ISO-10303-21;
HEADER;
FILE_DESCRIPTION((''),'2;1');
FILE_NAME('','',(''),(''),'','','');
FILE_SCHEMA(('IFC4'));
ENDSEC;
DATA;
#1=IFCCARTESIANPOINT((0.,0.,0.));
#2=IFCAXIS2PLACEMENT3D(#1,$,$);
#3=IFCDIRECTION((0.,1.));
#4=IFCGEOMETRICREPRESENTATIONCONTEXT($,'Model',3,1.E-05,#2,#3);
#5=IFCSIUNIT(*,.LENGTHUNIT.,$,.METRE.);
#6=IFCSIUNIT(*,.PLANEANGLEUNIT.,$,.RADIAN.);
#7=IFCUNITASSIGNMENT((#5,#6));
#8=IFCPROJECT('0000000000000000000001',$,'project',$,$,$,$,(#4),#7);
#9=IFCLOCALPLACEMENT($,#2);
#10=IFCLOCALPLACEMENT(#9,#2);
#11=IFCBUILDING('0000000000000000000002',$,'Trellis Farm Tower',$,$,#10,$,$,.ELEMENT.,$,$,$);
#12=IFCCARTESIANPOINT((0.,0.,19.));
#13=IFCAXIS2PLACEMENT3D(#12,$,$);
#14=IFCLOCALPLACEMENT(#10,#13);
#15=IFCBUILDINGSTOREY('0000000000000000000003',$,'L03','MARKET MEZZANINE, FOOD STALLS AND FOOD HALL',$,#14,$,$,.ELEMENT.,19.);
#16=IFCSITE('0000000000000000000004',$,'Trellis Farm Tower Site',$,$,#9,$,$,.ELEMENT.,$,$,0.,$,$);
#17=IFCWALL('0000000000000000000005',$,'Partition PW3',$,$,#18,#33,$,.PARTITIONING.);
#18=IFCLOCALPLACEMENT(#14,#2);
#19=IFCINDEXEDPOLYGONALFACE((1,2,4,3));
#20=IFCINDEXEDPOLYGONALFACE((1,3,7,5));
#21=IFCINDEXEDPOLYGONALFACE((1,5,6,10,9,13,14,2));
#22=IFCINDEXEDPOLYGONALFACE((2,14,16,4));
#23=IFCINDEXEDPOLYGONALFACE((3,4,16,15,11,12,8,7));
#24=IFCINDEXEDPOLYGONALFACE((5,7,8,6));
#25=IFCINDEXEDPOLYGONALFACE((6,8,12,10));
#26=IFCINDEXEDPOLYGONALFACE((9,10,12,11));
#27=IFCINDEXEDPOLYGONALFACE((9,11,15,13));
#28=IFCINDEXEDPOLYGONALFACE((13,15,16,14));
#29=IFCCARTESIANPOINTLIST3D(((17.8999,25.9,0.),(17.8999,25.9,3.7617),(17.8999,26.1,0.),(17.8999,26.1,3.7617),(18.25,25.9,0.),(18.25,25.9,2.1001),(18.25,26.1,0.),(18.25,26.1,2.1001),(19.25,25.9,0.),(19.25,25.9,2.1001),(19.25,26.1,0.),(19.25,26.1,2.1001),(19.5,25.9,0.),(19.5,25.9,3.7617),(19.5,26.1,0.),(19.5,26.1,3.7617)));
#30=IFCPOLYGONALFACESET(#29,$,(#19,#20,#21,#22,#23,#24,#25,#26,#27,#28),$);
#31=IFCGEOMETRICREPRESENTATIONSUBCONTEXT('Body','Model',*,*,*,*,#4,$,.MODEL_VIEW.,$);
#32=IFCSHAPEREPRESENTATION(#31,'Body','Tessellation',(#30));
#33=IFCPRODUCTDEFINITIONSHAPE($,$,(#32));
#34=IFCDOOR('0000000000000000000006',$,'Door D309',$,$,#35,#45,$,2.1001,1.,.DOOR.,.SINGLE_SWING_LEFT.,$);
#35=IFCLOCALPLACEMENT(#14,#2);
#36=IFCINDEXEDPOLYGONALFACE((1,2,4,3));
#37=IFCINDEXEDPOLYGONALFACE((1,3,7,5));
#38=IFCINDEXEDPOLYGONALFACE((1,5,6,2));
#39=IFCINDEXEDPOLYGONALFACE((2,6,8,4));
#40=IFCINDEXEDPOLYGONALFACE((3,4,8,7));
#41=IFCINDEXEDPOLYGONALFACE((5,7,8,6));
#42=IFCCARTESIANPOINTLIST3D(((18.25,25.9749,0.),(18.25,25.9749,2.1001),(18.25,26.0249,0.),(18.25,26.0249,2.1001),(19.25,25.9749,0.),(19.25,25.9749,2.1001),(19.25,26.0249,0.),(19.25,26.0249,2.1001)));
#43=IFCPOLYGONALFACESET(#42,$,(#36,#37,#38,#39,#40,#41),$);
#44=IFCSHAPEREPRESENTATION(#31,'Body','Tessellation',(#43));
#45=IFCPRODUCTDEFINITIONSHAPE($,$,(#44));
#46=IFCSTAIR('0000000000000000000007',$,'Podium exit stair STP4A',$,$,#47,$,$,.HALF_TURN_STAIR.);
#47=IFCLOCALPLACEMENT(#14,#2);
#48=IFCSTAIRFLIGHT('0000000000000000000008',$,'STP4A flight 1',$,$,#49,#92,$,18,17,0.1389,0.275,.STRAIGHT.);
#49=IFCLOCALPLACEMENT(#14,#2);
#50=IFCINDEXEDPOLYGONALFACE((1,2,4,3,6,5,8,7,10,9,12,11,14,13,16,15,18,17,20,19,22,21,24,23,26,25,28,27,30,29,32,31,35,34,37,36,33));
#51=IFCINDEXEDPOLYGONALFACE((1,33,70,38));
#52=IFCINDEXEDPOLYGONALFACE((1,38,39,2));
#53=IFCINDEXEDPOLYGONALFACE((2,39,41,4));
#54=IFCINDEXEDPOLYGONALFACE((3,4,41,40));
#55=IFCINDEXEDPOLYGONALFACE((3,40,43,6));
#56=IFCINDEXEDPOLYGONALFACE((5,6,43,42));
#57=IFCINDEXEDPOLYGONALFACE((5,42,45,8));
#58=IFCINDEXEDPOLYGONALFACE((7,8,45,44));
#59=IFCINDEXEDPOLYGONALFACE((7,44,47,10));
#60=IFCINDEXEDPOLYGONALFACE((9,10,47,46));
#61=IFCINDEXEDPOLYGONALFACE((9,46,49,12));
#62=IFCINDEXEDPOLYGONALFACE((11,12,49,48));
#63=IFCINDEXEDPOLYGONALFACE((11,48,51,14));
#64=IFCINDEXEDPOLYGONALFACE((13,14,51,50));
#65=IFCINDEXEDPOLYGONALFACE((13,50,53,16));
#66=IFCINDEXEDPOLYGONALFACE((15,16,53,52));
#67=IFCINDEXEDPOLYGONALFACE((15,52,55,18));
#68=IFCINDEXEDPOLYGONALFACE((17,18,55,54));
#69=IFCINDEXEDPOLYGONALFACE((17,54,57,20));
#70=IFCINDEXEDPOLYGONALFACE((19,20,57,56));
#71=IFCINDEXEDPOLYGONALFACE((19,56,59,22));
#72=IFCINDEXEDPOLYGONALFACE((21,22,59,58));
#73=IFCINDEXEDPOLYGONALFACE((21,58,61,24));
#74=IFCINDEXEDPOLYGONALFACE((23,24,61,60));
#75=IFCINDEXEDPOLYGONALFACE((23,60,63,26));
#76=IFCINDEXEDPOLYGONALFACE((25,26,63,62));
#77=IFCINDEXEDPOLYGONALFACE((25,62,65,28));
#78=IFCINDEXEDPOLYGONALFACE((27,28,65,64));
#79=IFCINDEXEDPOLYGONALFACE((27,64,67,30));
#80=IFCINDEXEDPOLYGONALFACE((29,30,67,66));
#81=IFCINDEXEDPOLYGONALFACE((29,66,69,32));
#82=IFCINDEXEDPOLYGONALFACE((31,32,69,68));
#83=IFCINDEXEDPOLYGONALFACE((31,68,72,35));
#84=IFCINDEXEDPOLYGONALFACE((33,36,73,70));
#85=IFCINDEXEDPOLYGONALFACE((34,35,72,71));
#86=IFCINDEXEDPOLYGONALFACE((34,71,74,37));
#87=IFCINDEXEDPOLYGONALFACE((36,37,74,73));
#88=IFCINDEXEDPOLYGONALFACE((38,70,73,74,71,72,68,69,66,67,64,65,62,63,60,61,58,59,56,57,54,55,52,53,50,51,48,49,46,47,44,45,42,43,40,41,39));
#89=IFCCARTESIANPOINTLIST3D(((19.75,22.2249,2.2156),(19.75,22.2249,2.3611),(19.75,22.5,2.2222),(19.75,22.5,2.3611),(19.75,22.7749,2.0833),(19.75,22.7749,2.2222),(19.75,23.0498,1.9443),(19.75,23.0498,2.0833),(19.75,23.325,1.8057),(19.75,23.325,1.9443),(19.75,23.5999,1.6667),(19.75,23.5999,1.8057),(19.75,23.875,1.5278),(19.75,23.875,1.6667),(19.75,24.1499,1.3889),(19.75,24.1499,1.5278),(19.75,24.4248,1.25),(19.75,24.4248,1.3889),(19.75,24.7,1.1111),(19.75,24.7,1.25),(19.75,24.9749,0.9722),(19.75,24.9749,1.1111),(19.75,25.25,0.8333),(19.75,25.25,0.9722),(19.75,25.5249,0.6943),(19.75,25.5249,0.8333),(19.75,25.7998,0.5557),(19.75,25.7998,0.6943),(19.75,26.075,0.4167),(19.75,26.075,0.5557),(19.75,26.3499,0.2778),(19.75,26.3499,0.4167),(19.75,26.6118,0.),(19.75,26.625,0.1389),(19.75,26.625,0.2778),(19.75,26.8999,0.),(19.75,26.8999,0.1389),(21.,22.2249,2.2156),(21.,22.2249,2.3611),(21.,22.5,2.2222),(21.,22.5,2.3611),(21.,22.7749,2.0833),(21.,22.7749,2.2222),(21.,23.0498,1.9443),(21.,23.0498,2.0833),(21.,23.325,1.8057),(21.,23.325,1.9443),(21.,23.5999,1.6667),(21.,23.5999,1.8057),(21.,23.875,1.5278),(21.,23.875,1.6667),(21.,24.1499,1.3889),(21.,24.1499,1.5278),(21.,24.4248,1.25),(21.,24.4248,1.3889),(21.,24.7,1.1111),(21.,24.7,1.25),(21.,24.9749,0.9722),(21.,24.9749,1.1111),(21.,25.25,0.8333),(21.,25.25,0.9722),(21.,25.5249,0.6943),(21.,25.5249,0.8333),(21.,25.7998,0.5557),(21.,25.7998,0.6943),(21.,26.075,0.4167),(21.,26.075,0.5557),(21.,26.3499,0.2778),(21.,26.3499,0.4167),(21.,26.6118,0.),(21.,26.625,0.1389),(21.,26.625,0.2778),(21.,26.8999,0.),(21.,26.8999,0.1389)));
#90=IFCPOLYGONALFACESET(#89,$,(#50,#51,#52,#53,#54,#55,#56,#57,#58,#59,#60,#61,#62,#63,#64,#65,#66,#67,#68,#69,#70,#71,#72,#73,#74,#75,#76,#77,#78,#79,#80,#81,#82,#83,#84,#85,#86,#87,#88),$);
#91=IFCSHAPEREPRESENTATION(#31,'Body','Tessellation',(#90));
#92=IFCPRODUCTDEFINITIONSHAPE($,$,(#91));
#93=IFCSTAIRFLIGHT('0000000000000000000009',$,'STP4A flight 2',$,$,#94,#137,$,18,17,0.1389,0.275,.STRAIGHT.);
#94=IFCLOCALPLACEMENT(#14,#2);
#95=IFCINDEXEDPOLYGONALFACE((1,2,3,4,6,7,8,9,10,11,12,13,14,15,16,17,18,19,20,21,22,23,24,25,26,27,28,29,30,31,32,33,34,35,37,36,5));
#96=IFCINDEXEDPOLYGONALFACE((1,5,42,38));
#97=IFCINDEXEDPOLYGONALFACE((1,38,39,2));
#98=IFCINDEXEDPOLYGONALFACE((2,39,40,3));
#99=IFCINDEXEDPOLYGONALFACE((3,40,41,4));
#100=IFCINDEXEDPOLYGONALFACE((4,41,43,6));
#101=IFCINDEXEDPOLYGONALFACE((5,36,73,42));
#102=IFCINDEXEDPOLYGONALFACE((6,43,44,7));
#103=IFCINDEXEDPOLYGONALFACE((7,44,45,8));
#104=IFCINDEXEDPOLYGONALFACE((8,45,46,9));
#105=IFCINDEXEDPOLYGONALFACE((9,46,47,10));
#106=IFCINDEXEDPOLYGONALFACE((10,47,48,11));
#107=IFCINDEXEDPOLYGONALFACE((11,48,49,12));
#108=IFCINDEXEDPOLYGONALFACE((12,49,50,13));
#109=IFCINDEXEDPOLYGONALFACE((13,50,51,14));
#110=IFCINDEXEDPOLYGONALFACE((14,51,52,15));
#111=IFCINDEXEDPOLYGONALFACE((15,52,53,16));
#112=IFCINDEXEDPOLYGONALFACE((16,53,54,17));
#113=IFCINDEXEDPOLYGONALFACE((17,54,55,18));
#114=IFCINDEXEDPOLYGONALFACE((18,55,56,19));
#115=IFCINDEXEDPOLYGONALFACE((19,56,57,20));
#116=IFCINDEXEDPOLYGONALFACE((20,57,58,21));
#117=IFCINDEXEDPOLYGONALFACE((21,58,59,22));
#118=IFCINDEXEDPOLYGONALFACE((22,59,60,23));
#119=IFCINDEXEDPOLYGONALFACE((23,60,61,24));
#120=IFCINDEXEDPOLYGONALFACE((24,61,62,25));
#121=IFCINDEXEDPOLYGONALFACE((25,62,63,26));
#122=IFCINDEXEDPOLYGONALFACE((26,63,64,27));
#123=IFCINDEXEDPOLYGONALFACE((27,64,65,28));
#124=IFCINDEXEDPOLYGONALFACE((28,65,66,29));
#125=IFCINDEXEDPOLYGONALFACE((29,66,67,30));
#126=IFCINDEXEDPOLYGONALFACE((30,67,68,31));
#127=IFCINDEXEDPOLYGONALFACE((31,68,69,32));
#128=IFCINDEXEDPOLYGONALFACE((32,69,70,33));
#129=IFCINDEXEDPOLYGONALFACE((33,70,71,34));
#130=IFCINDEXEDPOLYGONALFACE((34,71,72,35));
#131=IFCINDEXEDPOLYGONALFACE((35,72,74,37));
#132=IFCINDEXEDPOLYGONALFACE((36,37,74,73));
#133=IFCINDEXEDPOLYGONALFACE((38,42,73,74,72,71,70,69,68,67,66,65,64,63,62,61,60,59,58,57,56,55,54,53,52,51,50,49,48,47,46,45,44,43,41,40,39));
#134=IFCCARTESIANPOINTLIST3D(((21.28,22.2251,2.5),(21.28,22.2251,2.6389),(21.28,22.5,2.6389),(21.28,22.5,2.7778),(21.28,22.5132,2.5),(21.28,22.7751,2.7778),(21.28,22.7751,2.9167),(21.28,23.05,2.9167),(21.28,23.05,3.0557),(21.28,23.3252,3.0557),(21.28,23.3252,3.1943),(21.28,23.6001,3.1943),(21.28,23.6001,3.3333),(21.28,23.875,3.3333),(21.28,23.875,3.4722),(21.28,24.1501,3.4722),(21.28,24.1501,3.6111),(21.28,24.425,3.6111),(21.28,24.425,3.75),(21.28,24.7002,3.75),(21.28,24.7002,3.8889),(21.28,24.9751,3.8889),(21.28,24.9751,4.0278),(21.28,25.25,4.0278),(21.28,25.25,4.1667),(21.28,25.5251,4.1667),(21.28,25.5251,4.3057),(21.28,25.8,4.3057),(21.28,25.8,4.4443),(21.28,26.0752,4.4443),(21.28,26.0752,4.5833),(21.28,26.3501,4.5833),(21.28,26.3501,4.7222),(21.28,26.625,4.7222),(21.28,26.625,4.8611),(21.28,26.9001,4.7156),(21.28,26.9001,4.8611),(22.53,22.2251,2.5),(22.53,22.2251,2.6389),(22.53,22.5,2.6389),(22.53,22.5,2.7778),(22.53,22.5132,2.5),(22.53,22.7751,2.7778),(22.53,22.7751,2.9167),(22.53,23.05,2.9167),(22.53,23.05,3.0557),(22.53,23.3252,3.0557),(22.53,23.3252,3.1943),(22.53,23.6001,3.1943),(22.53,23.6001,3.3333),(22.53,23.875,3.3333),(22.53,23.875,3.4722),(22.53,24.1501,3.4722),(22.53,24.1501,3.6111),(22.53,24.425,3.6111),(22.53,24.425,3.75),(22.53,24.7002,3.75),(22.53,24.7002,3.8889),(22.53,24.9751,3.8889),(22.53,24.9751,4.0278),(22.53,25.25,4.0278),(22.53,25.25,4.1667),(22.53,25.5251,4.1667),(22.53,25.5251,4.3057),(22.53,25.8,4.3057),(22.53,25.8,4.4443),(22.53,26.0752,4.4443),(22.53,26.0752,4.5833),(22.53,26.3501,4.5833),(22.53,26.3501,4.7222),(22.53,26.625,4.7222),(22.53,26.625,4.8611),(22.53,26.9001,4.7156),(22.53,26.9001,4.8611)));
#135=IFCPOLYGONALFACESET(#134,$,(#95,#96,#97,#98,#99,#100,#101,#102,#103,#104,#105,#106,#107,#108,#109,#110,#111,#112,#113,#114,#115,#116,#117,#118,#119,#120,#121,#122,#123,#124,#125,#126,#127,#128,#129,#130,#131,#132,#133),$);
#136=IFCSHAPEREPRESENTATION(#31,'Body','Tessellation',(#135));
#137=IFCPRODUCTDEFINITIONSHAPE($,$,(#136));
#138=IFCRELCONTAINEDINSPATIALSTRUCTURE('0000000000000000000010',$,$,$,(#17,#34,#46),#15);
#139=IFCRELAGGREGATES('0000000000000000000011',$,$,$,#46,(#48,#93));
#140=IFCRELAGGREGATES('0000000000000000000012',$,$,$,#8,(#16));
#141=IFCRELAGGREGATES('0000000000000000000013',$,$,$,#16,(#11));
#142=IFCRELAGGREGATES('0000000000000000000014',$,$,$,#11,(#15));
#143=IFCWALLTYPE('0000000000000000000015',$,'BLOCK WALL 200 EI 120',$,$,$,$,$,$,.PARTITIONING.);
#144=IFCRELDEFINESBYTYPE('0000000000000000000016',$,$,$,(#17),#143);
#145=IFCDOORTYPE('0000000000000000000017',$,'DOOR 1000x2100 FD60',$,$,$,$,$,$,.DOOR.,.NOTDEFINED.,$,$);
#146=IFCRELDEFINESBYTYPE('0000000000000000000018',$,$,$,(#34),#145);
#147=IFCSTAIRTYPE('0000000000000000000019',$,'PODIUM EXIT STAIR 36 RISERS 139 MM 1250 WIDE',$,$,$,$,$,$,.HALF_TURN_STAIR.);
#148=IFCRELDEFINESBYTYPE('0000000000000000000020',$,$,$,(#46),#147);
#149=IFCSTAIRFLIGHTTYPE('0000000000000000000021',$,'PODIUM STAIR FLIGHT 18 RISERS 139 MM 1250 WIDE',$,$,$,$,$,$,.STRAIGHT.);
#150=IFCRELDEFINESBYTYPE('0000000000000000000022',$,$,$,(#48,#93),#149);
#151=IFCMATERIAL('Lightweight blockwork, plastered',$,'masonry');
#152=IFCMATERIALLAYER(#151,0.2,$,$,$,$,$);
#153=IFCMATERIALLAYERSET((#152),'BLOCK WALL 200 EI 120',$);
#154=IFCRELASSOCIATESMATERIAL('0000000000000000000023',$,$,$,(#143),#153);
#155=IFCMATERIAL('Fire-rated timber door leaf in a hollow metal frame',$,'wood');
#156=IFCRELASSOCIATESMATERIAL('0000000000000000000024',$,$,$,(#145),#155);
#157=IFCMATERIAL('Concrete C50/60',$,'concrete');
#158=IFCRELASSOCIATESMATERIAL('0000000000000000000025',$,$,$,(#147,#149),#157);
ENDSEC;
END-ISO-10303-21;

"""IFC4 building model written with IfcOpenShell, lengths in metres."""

from ifc_helpers import new_model, si_unit, direction, frame, frame_2d, origin, place, context, subcontext, project, spatial, polyline, rectangle, outline, extrude, source, transform, mapped, material, layer, layer_set, type_object, element, fill, aggregate, save


model = new_model("IFC4")

# Units and contexts
model_context = context("Model", 3, precision=1e-05, world=origin(), true_north=direction((0.0, 1.0)))
body_context = subcontext(model_context, "Body", "Model", "MODEL_VIEW")
ifc_project = project(units=[si_unit("LENGTHUNIT", "METRE"), si_unit("PLANEANGLEUNIT", "RADIAN")], contexts=[model_context])

# Site, building, storey
site_placement = place(None, origin())
site = spatial("IfcSite", under=ifc_project, at=site_placement, Name="Trellis Farm Tower Site", CompositionType="ELEMENT", RefElevation=0.0)
building_placement = place(site_placement, origin())
building = spatial("IfcBuilding", under=site, at=building_placement, Name="Trellis Farm Tower", CompositionType="ELEMENT")
storey_placement = place(building_placement, frame((0.0, 0.0, 19.0)))
storey = spatial("IfcBuildingStorey", under=building, at=storey_placement, Name="L03", Description="MARKET MEZZANINE, FOOD STALLS AND FOOD HALL", CompositionType="ELEMENT", Elevation=19.0)

# Shared definitions
ifc_material_1 = material(Name="Lightweight blockwork, plastered", Category="masonry")
ifc_layer_1 = layer(ifc_material_1, 0.2)
ifc_layer_set_1 = layer_set([ifc_layer_1], Name="BLOCK WALL 200 EI 120")
wall_type_1 = type_object("IfcWallType", Name="BLOCK WALL 200 EI 120", PredefinedType="PARTITIONING", material=ifc_layer_set_1)

# Shared definitions
ifc_material_2 = material(Name="Fire-rated timber door leaf in a hollow metal frame", Category="wood")

# Wall, opening, door
shared_shape_1 = source(origin(), body_context, "Body", "SweptSolid", [
    extrude(rectangle(XDim=1.6001, YDim=0.2, at=frame_2d((0.8, 0.0))), origin(), (0.0, 0.0, 1.0), 3.7617),
])
wall_1_placement = place(storey_placement, frame((17.8999, 26.0, 0.0), z_axis=(0.0, 0.0, 1.0), x_axis=(1.0, 0.0, 0.0)))
wall_1 = element("IfcWall", 1, at=wall_1_placement, inside=storey, type_object=wall_type_1, Name="Partition PW3", PredefinedType="PARTITIONING", context=body_context, shape_type="MappedRepresentation", body=[
    mapped(shared_shape_1, transform((0.0, 0.0, 0.0))),
])
shared_shape_2 = source(origin(), body_context, "Body", "SweptSolid", [
    extrude(rectangle(XDim=1.0, YDim=2.1001, at=frame_2d((0.5, 1.05))), frame((0.0, 0.1101, 0.0), z_axis=(0.0, -1.0, 0.0), x_axis=(1.0, 0.0, 0.0)), (0.0, 0.0, 1.0), 0.2202),
])
opening_1_placement = place(wall_1_placement, frame((0.3501, 0.0, 0.0)))
opening_1 = element("IfcOpeningElement", 2, at=opening_1_placement, cuts=wall_1, PredefinedType="OPENING", context=body_context, shape_type="MappedRepresentation", body=[
    mapped(shared_shape_2, transform((0.0, 0.0, 0.0))),
])
door_type_1 = type_object("IfcDoorType", Name="DOOR 1000x2100 FD60", OperationType="NOTDEFINED", PredefinedType="DOOR", material=ifc_material_2)
shared_shape_3 = source(origin(), body_context, "Body", "SweptSolid", [
    extrude(rectangle(XDim=1.0, YDim=2.1001, at=frame_2d((0.5, 1.05))), frame((0.0, 0.0249, 0.0), z_axis=(0.0, -1.0, 0.0), x_axis=(1.0, 0.0, 0.0)), (0.0, 0.0, 1.0), 0.05),
])
door_1_placement = place(opening_1_placement, origin())
door_1 = element("IfcDoor", 3, at=door_1_placement, inside=storey, type_object=door_type_1, Name="Door D309", OperationType="SINGLE_SWING_LEFT", OverallHeight=2.1001, OverallWidth=1.0, PredefinedType="DOOR", context=body_context, shape_type="MappedRepresentation", body=[
    mapped(shared_shape_3, transform((0.0, 0.0, 0.0))),
])
fill(opening_1, door_1)

# Stair, stair flights
ifc_material_3 = material(Name="Concrete C50/60", Category="concrete")
stair_type = type_object("IfcStairType", Name="PODIUM EXIT STAIR 36 RISERS 139 MM 1250 WIDE", PredefinedType="HALF_TURN_STAIR", material=ifc_material_3)
stair_placement = place(storey_placement, origin())
stair = element("IfcStair", 4, at=stair_placement, inside=storey, type_object=stair_type, Name="Podium exit stair STP4A", PredefinedType="HALF_TURN_STAIR")
stair_flight_type = type_object("IfcStairFlightType", Name="PODIUM STAIR FLIGHT 18 RISERS 139 MM 1250 WIDE", PredefinedType="STRAIGHT", material=ifc_material_3)
shared_shape_4 = source(origin(), body_context, "Body", "SweptSolid", [
    extrude(outline(polyline([(0.0, 0.0), (0.0, 0.1389), (0.2749, 0.1389), (0.2749, 0.2778), (0.55, 0.2778), (0.55, 0.4167), (0.825, 0.4167), (0.825, 0.5557), (1.1001, 0.5557), (1.1001, 0.6943), (1.375, 0.6943), (1.375, 0.8333), (1.6499, 0.8333), (1.6499, 0.9722), (1.925, 0.9722), (1.925, 1.1111), (2.2, 1.1111), (2.2, 1.25), (2.4751, 1.25), (2.4751, 1.3889), (2.75, 1.3889), (2.75, 1.5278), (3.0249, 1.5278), (3.0249, 1.6667), (3.3, 1.6667), (3.3, 1.8057), (3.575, 1.8057), (3.575, 1.9443), (3.8501, 1.9443), (3.8501, 2.0833), (4.125, 2.0833), (4.125, 2.2222), (4.3999, 2.2222), (4.3999, 2.3611), (4.675, 2.3611), (4.675, 2.5), (4.675, 2.2156), (0.2881, 0.0), (0.0, 0.0)])), frame((0.0, 0.625, 0.0), z_axis=(0.0, -1.0, 0.0), x_axis=(1.0, 0.0, 0.0)), (0.0, 0.0, 1.0), 1.25),
])
stair_flight_1_placement = place(storey_placement, frame((20.375, 26.8999, 0.0), z_axis=(0.0, 0.0, 1.0), x_axis=(0.0, -1.0, 0.0)))
stair_flight_1 = element("IfcStairFlight", 5, at=stair_flight_1_placement, type_object=stair_flight_type, Name="STP4A flight 1", NumberOfRisers=18, NumberOfTreads=17, PredefinedType="STRAIGHT", RiserHeight=0.1389, TreadLength=0.275, context=body_context, shape_type="MappedRepresentation", body=[
    mapped(shared_shape_4, transform((0.0, 0.0, 0.0))),
])
stair_flight_2_placement = place(storey_placement, frame((21.905, 22.2251, 2.5), z_axis=(0.0, 0.0, 1.0), x_axis=(0.0, 1.0, 0.0)))
stair_flight_2 = element("IfcStairFlight", 6, at=stair_flight_2_placement, type_object=stair_flight_type, Name="STP4A flight 2", NumberOfRisers=18, NumberOfTreads=17, PredefinedType="STRAIGHT", RiserHeight=0.1389, TreadLength=0.275, context=body_context, shape_type="MappedRepresentation", body=[
    mapped(shared_shape_4, transform((0.0, 0.0, 0.0))),
])
aggregate(stair, [stair_flight_1, stair_flight_2])

save(model, "model.ifc")
